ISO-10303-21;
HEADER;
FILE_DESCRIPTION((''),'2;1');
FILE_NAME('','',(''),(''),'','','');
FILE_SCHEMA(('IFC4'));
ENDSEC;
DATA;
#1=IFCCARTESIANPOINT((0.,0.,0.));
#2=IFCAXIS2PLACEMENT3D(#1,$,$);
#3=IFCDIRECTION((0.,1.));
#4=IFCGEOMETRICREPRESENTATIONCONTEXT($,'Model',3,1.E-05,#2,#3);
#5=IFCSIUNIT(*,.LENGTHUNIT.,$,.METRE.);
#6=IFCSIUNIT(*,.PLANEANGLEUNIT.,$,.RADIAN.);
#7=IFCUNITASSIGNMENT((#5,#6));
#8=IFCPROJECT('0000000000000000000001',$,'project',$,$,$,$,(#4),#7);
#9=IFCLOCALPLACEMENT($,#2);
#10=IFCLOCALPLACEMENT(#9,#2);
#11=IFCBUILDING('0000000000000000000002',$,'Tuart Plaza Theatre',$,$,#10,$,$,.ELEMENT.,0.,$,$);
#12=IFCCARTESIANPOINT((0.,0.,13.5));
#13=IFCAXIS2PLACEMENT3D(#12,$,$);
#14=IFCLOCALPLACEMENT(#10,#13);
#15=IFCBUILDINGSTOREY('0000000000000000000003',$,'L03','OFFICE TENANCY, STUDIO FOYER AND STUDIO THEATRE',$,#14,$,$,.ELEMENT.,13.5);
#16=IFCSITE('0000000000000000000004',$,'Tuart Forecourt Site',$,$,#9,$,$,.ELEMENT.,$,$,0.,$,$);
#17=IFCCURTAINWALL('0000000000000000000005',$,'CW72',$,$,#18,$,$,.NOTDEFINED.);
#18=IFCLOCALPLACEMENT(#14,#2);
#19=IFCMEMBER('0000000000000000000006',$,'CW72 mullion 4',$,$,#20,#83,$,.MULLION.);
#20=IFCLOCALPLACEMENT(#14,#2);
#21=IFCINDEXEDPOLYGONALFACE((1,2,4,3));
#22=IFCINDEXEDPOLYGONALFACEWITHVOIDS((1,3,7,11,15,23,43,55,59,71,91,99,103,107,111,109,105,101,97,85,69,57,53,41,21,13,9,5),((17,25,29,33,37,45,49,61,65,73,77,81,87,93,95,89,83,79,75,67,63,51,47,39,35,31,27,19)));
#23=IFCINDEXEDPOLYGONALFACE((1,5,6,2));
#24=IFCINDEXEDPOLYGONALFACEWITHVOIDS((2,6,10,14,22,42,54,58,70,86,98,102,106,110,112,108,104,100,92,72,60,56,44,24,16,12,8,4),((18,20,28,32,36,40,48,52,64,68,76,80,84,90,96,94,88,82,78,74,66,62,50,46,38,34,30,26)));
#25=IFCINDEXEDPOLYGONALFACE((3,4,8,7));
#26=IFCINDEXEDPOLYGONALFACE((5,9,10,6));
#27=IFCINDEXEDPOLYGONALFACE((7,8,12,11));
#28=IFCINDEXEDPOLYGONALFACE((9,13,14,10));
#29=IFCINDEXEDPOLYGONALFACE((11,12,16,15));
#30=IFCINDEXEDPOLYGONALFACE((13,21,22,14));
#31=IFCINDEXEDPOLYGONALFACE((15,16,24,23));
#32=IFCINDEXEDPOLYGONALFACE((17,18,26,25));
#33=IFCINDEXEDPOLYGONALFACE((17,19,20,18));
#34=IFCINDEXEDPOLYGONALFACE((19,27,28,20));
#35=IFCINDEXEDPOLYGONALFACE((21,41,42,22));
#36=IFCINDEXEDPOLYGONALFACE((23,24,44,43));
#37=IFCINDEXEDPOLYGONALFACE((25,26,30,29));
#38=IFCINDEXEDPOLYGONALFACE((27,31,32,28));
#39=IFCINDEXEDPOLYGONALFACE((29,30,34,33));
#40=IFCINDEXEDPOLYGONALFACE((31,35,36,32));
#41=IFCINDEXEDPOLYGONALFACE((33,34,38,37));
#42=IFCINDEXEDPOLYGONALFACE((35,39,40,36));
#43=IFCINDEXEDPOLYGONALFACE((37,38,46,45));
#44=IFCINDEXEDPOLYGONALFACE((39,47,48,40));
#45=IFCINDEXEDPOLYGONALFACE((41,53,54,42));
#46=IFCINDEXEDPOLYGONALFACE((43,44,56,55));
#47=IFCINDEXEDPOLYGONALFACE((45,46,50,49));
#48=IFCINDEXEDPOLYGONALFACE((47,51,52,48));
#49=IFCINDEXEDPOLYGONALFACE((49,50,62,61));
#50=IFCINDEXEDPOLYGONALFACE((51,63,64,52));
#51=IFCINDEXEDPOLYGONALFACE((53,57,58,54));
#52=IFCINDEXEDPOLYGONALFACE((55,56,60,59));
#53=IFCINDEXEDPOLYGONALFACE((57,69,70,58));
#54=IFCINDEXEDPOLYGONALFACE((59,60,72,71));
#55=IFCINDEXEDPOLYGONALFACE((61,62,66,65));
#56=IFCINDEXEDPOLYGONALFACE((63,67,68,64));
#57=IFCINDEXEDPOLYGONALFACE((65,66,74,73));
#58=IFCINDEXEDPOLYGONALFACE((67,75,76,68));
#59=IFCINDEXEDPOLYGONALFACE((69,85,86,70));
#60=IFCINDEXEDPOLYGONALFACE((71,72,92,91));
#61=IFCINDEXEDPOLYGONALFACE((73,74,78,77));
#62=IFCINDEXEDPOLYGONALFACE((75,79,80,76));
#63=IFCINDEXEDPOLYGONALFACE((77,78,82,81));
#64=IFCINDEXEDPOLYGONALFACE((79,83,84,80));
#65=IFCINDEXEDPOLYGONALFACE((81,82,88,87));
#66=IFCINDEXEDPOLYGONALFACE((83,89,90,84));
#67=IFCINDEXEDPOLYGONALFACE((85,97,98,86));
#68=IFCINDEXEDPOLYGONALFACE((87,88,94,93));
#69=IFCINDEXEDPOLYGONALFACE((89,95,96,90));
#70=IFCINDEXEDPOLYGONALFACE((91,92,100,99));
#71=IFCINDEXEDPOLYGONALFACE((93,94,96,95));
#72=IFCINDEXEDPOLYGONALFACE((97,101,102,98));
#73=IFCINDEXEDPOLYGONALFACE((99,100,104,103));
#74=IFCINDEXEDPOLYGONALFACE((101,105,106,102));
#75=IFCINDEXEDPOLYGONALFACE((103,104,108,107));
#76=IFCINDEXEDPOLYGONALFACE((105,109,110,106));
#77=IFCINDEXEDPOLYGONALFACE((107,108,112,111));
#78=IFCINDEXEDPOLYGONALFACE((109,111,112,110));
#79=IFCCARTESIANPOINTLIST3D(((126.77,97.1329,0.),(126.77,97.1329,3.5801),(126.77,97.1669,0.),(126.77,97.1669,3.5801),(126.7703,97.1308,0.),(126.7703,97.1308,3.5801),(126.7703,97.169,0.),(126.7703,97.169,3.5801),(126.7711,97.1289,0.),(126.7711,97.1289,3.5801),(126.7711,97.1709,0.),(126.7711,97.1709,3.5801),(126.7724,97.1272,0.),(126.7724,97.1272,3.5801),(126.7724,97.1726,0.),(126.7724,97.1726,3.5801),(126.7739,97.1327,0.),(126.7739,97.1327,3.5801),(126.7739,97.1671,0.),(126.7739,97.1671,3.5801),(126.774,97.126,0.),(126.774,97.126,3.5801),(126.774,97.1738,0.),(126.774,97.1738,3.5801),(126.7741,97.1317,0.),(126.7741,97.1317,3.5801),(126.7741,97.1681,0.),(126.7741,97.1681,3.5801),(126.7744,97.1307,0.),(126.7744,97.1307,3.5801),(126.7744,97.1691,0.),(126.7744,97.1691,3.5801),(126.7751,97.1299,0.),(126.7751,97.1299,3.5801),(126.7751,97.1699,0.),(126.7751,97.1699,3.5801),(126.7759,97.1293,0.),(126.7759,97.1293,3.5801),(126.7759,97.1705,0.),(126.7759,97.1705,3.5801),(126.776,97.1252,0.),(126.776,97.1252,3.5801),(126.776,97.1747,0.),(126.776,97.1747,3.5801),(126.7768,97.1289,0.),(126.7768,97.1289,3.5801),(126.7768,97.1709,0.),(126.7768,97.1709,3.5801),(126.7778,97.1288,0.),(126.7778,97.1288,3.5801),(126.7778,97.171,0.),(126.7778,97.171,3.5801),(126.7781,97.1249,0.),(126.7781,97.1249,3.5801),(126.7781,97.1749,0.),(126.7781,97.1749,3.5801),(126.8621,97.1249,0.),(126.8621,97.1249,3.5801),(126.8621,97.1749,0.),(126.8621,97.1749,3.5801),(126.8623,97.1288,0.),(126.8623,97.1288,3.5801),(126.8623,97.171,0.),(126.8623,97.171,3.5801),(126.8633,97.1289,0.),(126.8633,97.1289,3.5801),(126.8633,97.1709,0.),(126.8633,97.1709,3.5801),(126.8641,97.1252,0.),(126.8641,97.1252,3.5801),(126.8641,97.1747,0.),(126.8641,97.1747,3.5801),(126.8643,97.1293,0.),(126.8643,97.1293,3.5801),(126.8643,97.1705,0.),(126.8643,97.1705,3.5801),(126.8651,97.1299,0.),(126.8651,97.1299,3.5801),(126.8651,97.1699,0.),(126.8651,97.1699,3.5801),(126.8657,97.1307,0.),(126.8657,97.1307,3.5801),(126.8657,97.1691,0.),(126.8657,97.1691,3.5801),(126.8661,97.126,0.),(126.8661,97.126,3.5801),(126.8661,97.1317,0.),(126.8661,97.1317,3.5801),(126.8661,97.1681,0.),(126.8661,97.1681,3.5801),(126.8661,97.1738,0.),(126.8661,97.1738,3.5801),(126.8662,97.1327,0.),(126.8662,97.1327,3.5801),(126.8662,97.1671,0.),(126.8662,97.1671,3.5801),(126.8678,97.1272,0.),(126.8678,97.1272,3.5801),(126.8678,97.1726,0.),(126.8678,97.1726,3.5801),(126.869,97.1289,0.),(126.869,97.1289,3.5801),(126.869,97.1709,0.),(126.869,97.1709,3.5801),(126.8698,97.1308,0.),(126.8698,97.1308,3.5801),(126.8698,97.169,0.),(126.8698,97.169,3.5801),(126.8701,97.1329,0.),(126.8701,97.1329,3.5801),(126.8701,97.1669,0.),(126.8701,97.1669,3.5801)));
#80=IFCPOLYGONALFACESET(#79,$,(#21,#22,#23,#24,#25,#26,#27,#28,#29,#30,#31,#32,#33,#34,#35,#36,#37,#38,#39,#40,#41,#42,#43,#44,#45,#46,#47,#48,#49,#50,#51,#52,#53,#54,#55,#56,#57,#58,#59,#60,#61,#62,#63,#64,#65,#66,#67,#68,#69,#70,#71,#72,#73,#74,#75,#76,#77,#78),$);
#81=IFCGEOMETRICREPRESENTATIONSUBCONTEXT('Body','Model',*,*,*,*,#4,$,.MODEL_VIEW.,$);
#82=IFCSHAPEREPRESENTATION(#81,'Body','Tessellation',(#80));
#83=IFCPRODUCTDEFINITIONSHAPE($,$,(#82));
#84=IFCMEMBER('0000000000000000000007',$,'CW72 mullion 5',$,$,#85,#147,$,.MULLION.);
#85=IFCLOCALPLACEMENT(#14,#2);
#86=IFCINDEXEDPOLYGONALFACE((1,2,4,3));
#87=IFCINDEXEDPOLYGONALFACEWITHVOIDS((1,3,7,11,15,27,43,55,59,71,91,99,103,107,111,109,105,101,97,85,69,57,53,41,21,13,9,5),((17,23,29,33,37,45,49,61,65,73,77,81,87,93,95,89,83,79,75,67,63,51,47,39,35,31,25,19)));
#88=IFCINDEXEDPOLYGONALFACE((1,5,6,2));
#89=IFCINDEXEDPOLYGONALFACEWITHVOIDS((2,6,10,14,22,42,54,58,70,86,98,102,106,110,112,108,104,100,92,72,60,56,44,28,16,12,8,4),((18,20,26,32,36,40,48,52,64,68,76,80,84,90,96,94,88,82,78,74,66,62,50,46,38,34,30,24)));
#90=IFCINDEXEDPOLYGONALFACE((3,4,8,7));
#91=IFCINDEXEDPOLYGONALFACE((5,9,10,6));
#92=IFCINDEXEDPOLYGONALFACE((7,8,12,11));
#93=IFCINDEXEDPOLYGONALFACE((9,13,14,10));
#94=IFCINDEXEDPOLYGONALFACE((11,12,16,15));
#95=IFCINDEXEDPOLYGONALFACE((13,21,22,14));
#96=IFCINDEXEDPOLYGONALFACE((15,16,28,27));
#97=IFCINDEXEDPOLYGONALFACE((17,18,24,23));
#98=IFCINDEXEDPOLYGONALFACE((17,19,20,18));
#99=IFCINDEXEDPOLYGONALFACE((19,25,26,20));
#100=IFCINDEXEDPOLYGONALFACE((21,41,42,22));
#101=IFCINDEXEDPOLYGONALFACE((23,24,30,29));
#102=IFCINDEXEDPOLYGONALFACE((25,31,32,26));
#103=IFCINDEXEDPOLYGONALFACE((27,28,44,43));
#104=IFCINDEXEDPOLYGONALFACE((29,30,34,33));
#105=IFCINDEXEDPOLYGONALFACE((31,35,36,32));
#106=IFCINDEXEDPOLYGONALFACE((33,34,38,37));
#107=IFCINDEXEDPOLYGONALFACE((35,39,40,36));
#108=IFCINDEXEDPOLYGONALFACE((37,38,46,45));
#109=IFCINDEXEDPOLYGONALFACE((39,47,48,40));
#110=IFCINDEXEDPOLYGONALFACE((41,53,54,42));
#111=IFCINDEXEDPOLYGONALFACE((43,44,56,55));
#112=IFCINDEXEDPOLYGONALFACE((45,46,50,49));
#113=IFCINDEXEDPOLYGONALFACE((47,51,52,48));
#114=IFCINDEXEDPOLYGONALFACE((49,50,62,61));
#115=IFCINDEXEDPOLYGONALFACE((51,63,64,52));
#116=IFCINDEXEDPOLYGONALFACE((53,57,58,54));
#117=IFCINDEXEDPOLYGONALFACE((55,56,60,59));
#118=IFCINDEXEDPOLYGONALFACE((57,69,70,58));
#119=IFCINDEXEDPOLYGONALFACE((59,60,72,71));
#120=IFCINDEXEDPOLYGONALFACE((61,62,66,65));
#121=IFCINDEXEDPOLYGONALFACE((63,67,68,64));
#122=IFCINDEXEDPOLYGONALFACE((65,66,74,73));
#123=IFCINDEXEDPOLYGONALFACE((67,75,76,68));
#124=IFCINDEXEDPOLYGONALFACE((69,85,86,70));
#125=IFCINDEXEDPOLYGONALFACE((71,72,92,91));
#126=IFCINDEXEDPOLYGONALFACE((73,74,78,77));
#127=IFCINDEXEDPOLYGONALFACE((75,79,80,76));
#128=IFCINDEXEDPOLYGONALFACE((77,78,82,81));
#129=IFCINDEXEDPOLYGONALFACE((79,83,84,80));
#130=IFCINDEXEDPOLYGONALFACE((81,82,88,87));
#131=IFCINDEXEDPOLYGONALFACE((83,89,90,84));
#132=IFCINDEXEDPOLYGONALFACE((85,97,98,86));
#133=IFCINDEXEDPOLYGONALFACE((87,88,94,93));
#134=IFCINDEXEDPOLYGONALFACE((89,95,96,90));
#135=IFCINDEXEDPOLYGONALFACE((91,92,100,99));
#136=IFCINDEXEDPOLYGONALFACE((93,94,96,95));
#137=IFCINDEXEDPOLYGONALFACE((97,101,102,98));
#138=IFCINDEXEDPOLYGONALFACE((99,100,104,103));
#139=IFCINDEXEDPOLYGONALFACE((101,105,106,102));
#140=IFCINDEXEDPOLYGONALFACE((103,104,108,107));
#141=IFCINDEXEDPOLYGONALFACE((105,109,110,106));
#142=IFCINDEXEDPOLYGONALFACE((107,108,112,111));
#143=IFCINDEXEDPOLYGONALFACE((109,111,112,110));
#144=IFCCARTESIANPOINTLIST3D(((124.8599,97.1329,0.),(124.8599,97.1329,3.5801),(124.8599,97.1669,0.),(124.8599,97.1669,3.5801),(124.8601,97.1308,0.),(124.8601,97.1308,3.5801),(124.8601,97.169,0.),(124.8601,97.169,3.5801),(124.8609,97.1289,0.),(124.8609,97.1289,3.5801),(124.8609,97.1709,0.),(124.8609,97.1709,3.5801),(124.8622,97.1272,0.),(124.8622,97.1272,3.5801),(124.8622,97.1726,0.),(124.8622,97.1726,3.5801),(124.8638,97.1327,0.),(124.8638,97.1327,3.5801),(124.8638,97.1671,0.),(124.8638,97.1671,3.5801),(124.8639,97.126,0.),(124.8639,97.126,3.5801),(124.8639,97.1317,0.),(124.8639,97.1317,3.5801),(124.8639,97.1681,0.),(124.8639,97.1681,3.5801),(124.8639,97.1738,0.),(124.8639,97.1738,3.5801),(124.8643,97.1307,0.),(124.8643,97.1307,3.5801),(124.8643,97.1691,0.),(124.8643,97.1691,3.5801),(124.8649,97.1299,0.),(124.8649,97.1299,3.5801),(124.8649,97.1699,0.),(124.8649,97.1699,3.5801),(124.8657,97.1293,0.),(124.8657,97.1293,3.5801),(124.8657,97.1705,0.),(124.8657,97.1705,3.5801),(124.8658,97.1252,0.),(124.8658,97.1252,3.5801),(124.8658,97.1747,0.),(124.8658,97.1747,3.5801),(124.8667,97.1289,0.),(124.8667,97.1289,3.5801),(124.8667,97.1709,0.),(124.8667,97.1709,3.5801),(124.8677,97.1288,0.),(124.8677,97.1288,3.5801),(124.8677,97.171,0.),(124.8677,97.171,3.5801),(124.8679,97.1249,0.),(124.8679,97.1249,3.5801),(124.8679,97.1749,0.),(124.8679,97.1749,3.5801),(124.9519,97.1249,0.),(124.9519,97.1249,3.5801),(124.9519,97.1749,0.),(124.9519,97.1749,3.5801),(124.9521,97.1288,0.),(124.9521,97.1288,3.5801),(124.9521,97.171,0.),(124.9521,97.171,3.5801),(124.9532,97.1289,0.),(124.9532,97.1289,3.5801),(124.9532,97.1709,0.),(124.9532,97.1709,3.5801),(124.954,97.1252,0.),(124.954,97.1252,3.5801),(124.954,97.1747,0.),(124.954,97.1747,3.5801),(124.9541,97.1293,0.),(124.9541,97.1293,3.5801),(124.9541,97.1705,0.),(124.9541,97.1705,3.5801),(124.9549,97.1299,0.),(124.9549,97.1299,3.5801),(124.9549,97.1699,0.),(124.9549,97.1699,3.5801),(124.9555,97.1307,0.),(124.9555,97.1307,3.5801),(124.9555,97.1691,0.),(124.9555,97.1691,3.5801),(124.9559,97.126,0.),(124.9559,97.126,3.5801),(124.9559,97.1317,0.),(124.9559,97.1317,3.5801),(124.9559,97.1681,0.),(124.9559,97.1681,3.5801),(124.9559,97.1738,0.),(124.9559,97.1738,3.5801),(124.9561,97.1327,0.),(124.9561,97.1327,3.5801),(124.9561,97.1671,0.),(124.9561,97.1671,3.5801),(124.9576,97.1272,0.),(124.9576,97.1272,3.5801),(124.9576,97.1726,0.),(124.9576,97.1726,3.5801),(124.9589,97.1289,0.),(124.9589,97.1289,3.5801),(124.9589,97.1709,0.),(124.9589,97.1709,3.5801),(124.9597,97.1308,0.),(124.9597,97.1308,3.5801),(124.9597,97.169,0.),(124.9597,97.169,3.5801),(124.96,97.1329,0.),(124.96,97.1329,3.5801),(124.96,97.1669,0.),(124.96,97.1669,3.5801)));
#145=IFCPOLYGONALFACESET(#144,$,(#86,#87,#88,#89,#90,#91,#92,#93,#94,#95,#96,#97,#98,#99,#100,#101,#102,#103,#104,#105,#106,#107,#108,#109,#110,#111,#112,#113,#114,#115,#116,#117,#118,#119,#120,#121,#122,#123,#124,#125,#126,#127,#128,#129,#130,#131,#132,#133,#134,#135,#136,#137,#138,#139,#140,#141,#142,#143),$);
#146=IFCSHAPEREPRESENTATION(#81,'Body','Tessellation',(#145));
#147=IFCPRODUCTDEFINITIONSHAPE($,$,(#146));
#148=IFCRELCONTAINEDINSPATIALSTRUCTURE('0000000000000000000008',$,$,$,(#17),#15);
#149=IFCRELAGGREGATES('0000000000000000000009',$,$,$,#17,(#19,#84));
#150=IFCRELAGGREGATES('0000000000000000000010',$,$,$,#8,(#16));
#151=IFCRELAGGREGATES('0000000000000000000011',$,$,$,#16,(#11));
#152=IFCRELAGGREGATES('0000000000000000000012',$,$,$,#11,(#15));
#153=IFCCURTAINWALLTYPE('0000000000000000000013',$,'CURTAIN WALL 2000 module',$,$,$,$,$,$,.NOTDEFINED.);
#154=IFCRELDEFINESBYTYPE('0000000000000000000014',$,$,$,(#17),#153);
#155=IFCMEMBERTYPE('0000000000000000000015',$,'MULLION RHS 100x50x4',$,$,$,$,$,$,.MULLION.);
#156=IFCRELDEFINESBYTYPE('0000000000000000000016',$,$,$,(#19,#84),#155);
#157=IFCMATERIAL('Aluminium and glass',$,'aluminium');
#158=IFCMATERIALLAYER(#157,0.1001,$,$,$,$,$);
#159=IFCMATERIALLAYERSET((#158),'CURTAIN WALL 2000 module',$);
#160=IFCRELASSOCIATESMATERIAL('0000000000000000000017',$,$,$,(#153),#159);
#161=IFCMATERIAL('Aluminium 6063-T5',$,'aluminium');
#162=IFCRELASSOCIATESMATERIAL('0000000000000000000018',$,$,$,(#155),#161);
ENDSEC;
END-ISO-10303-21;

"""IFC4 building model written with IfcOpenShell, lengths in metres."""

from ifc_helpers import new_model, si_unit, direction, frame, origin, origin_2d, place, context, subcontext, project, spatial, hollow_rectangle, extrude, material, layer, layer_set, material_profile, profile_set, type_object, element, aggregate, save


model = new_model("IFC4")

# Units and contexts
model_context = context("Model", 3, precision=1e-05, world=origin(), true_north=direction((0.0, 1.0)))
body_context = subcontext(model_context, "Body", "Model", "MODEL_VIEW")
ifc_project = project(units=[si_unit("LENGTHUNIT", "METRE"), si_unit("PLANEANGLEUNIT", "RADIAN")], contexts=[model_context])

# Site, building, storey
site_placement = place(None, origin())
site = spatial("IfcSite", under=ifc_project, at=site_placement, Name="Tuart Forecourt Site", CompositionType="ELEMENT", RefElevation=0.0)
building_placement = place(site_placement, origin())
building = spatial("IfcBuilding", under=site, at=building_placement, Name="Tuart Plaza Theatre", CompositionType="ELEMENT", ElevationOfRefHeight=0.0)
storey_placement = place(building_placement, frame((0.0, 0.0, 13.5)))
storey = spatial("IfcBuildingStorey", under=building, at=storey_placement, Name="L03", Description="OFFICE TENANCY, STUDIO FOYER AND STUDIO THEATRE", CompositionType="ELEMENT", Elevation=13.5)

# Curtain wall, members
ifc_material_1 = material(Name="Aluminium and glass", Category="aluminium")
ifc_layer_1 = layer(ifc_material_1, 0.1001)
ifc_layer_set_1 = layer_set([ifc_layer_1], Name="CURTAIN WALL 2000 module")
curtain_wall_type = type_object("IfcCurtainWallType", Name="CURTAIN WALL 2000 module", PredefinedType="NOTDEFINED", material=ifc_layer_set_1)
curtain_wall_placement = place(storey_placement, origin())
curtain_wall = element("IfcCurtainWall", 1, at=curtain_wall_placement, inside=storey, type_object=curtain_wall_type, Name="CW72", PredefinedType="NOTDEFINED")
ifc_material_2 = material(Name="Aluminium 6063-T5", Category="aluminium")
ifc_material_profile_1 = material_profile(ifc_material_2, hollow_rectangle(XDim=0.05, YDim=0.1001, WallThickness=0.0039, InnerFilletRadius=0.0039, OuterFilletRadius=0.0081, at=origin_2d()), Name="RHS 100x50x4")
ifc_profile_set_1 = profile_set([ifc_material_profile_1], Name="Aluminium 6063-T5")
member_type_1 = type_object("IfcMemberType", Name="MULLION RHS 100x50x4", PredefinedType="MULLION", material=ifc_profile_set_1)
member_1_placement = place(storey_placement, frame((126.8201, 97.1499, 0.0), z_axis=(0.0, 0.0, 1.0), x_axis=(0.0, -1.0, 0.0)))
member_1 = element("IfcMember", 2, at=member_1_placement, type_object=member_type_1, Name="CW72 mullion 4", PredefinedType="MULLION", context=body_context, shape_type="SweptSolid", body=[
    extrude(hollow_rectangle(XDim=0.05, YDim=0.1001, WallThickness=0.0039, InnerFilletRadius=0.0039, OuterFilletRadius=0.0081, at=origin_2d()), origin(), (0.0, 0.0, 1.0), 3.5801),
])
member_2_placement = place(storey_placement, frame((124.9099, 97.1499, 0.0), z_axis=(0.0, 0.0, 1.0), x_axis=(0.0, -1.0, 0.0)))
member_2 = element("IfcMember", 3, at=member_2_placement, type_object=member_type_1, Name="CW72 mullion 5", PredefinedType="MULLION", context=body_context, shape_type="SweptSolid", body=[
    extrude(hollow_rectangle(XDim=0.05, YDim=0.1001, WallThickness=0.0039, InnerFilletRadius=0.0039, OuterFilletRadius=0.0081, at=origin_2d()), origin(), (0.0, 0.0, 1.0), 3.5801),
])
aggregate(curtain_wall, [member_1, member_2])

save(model, "model.ifc")
